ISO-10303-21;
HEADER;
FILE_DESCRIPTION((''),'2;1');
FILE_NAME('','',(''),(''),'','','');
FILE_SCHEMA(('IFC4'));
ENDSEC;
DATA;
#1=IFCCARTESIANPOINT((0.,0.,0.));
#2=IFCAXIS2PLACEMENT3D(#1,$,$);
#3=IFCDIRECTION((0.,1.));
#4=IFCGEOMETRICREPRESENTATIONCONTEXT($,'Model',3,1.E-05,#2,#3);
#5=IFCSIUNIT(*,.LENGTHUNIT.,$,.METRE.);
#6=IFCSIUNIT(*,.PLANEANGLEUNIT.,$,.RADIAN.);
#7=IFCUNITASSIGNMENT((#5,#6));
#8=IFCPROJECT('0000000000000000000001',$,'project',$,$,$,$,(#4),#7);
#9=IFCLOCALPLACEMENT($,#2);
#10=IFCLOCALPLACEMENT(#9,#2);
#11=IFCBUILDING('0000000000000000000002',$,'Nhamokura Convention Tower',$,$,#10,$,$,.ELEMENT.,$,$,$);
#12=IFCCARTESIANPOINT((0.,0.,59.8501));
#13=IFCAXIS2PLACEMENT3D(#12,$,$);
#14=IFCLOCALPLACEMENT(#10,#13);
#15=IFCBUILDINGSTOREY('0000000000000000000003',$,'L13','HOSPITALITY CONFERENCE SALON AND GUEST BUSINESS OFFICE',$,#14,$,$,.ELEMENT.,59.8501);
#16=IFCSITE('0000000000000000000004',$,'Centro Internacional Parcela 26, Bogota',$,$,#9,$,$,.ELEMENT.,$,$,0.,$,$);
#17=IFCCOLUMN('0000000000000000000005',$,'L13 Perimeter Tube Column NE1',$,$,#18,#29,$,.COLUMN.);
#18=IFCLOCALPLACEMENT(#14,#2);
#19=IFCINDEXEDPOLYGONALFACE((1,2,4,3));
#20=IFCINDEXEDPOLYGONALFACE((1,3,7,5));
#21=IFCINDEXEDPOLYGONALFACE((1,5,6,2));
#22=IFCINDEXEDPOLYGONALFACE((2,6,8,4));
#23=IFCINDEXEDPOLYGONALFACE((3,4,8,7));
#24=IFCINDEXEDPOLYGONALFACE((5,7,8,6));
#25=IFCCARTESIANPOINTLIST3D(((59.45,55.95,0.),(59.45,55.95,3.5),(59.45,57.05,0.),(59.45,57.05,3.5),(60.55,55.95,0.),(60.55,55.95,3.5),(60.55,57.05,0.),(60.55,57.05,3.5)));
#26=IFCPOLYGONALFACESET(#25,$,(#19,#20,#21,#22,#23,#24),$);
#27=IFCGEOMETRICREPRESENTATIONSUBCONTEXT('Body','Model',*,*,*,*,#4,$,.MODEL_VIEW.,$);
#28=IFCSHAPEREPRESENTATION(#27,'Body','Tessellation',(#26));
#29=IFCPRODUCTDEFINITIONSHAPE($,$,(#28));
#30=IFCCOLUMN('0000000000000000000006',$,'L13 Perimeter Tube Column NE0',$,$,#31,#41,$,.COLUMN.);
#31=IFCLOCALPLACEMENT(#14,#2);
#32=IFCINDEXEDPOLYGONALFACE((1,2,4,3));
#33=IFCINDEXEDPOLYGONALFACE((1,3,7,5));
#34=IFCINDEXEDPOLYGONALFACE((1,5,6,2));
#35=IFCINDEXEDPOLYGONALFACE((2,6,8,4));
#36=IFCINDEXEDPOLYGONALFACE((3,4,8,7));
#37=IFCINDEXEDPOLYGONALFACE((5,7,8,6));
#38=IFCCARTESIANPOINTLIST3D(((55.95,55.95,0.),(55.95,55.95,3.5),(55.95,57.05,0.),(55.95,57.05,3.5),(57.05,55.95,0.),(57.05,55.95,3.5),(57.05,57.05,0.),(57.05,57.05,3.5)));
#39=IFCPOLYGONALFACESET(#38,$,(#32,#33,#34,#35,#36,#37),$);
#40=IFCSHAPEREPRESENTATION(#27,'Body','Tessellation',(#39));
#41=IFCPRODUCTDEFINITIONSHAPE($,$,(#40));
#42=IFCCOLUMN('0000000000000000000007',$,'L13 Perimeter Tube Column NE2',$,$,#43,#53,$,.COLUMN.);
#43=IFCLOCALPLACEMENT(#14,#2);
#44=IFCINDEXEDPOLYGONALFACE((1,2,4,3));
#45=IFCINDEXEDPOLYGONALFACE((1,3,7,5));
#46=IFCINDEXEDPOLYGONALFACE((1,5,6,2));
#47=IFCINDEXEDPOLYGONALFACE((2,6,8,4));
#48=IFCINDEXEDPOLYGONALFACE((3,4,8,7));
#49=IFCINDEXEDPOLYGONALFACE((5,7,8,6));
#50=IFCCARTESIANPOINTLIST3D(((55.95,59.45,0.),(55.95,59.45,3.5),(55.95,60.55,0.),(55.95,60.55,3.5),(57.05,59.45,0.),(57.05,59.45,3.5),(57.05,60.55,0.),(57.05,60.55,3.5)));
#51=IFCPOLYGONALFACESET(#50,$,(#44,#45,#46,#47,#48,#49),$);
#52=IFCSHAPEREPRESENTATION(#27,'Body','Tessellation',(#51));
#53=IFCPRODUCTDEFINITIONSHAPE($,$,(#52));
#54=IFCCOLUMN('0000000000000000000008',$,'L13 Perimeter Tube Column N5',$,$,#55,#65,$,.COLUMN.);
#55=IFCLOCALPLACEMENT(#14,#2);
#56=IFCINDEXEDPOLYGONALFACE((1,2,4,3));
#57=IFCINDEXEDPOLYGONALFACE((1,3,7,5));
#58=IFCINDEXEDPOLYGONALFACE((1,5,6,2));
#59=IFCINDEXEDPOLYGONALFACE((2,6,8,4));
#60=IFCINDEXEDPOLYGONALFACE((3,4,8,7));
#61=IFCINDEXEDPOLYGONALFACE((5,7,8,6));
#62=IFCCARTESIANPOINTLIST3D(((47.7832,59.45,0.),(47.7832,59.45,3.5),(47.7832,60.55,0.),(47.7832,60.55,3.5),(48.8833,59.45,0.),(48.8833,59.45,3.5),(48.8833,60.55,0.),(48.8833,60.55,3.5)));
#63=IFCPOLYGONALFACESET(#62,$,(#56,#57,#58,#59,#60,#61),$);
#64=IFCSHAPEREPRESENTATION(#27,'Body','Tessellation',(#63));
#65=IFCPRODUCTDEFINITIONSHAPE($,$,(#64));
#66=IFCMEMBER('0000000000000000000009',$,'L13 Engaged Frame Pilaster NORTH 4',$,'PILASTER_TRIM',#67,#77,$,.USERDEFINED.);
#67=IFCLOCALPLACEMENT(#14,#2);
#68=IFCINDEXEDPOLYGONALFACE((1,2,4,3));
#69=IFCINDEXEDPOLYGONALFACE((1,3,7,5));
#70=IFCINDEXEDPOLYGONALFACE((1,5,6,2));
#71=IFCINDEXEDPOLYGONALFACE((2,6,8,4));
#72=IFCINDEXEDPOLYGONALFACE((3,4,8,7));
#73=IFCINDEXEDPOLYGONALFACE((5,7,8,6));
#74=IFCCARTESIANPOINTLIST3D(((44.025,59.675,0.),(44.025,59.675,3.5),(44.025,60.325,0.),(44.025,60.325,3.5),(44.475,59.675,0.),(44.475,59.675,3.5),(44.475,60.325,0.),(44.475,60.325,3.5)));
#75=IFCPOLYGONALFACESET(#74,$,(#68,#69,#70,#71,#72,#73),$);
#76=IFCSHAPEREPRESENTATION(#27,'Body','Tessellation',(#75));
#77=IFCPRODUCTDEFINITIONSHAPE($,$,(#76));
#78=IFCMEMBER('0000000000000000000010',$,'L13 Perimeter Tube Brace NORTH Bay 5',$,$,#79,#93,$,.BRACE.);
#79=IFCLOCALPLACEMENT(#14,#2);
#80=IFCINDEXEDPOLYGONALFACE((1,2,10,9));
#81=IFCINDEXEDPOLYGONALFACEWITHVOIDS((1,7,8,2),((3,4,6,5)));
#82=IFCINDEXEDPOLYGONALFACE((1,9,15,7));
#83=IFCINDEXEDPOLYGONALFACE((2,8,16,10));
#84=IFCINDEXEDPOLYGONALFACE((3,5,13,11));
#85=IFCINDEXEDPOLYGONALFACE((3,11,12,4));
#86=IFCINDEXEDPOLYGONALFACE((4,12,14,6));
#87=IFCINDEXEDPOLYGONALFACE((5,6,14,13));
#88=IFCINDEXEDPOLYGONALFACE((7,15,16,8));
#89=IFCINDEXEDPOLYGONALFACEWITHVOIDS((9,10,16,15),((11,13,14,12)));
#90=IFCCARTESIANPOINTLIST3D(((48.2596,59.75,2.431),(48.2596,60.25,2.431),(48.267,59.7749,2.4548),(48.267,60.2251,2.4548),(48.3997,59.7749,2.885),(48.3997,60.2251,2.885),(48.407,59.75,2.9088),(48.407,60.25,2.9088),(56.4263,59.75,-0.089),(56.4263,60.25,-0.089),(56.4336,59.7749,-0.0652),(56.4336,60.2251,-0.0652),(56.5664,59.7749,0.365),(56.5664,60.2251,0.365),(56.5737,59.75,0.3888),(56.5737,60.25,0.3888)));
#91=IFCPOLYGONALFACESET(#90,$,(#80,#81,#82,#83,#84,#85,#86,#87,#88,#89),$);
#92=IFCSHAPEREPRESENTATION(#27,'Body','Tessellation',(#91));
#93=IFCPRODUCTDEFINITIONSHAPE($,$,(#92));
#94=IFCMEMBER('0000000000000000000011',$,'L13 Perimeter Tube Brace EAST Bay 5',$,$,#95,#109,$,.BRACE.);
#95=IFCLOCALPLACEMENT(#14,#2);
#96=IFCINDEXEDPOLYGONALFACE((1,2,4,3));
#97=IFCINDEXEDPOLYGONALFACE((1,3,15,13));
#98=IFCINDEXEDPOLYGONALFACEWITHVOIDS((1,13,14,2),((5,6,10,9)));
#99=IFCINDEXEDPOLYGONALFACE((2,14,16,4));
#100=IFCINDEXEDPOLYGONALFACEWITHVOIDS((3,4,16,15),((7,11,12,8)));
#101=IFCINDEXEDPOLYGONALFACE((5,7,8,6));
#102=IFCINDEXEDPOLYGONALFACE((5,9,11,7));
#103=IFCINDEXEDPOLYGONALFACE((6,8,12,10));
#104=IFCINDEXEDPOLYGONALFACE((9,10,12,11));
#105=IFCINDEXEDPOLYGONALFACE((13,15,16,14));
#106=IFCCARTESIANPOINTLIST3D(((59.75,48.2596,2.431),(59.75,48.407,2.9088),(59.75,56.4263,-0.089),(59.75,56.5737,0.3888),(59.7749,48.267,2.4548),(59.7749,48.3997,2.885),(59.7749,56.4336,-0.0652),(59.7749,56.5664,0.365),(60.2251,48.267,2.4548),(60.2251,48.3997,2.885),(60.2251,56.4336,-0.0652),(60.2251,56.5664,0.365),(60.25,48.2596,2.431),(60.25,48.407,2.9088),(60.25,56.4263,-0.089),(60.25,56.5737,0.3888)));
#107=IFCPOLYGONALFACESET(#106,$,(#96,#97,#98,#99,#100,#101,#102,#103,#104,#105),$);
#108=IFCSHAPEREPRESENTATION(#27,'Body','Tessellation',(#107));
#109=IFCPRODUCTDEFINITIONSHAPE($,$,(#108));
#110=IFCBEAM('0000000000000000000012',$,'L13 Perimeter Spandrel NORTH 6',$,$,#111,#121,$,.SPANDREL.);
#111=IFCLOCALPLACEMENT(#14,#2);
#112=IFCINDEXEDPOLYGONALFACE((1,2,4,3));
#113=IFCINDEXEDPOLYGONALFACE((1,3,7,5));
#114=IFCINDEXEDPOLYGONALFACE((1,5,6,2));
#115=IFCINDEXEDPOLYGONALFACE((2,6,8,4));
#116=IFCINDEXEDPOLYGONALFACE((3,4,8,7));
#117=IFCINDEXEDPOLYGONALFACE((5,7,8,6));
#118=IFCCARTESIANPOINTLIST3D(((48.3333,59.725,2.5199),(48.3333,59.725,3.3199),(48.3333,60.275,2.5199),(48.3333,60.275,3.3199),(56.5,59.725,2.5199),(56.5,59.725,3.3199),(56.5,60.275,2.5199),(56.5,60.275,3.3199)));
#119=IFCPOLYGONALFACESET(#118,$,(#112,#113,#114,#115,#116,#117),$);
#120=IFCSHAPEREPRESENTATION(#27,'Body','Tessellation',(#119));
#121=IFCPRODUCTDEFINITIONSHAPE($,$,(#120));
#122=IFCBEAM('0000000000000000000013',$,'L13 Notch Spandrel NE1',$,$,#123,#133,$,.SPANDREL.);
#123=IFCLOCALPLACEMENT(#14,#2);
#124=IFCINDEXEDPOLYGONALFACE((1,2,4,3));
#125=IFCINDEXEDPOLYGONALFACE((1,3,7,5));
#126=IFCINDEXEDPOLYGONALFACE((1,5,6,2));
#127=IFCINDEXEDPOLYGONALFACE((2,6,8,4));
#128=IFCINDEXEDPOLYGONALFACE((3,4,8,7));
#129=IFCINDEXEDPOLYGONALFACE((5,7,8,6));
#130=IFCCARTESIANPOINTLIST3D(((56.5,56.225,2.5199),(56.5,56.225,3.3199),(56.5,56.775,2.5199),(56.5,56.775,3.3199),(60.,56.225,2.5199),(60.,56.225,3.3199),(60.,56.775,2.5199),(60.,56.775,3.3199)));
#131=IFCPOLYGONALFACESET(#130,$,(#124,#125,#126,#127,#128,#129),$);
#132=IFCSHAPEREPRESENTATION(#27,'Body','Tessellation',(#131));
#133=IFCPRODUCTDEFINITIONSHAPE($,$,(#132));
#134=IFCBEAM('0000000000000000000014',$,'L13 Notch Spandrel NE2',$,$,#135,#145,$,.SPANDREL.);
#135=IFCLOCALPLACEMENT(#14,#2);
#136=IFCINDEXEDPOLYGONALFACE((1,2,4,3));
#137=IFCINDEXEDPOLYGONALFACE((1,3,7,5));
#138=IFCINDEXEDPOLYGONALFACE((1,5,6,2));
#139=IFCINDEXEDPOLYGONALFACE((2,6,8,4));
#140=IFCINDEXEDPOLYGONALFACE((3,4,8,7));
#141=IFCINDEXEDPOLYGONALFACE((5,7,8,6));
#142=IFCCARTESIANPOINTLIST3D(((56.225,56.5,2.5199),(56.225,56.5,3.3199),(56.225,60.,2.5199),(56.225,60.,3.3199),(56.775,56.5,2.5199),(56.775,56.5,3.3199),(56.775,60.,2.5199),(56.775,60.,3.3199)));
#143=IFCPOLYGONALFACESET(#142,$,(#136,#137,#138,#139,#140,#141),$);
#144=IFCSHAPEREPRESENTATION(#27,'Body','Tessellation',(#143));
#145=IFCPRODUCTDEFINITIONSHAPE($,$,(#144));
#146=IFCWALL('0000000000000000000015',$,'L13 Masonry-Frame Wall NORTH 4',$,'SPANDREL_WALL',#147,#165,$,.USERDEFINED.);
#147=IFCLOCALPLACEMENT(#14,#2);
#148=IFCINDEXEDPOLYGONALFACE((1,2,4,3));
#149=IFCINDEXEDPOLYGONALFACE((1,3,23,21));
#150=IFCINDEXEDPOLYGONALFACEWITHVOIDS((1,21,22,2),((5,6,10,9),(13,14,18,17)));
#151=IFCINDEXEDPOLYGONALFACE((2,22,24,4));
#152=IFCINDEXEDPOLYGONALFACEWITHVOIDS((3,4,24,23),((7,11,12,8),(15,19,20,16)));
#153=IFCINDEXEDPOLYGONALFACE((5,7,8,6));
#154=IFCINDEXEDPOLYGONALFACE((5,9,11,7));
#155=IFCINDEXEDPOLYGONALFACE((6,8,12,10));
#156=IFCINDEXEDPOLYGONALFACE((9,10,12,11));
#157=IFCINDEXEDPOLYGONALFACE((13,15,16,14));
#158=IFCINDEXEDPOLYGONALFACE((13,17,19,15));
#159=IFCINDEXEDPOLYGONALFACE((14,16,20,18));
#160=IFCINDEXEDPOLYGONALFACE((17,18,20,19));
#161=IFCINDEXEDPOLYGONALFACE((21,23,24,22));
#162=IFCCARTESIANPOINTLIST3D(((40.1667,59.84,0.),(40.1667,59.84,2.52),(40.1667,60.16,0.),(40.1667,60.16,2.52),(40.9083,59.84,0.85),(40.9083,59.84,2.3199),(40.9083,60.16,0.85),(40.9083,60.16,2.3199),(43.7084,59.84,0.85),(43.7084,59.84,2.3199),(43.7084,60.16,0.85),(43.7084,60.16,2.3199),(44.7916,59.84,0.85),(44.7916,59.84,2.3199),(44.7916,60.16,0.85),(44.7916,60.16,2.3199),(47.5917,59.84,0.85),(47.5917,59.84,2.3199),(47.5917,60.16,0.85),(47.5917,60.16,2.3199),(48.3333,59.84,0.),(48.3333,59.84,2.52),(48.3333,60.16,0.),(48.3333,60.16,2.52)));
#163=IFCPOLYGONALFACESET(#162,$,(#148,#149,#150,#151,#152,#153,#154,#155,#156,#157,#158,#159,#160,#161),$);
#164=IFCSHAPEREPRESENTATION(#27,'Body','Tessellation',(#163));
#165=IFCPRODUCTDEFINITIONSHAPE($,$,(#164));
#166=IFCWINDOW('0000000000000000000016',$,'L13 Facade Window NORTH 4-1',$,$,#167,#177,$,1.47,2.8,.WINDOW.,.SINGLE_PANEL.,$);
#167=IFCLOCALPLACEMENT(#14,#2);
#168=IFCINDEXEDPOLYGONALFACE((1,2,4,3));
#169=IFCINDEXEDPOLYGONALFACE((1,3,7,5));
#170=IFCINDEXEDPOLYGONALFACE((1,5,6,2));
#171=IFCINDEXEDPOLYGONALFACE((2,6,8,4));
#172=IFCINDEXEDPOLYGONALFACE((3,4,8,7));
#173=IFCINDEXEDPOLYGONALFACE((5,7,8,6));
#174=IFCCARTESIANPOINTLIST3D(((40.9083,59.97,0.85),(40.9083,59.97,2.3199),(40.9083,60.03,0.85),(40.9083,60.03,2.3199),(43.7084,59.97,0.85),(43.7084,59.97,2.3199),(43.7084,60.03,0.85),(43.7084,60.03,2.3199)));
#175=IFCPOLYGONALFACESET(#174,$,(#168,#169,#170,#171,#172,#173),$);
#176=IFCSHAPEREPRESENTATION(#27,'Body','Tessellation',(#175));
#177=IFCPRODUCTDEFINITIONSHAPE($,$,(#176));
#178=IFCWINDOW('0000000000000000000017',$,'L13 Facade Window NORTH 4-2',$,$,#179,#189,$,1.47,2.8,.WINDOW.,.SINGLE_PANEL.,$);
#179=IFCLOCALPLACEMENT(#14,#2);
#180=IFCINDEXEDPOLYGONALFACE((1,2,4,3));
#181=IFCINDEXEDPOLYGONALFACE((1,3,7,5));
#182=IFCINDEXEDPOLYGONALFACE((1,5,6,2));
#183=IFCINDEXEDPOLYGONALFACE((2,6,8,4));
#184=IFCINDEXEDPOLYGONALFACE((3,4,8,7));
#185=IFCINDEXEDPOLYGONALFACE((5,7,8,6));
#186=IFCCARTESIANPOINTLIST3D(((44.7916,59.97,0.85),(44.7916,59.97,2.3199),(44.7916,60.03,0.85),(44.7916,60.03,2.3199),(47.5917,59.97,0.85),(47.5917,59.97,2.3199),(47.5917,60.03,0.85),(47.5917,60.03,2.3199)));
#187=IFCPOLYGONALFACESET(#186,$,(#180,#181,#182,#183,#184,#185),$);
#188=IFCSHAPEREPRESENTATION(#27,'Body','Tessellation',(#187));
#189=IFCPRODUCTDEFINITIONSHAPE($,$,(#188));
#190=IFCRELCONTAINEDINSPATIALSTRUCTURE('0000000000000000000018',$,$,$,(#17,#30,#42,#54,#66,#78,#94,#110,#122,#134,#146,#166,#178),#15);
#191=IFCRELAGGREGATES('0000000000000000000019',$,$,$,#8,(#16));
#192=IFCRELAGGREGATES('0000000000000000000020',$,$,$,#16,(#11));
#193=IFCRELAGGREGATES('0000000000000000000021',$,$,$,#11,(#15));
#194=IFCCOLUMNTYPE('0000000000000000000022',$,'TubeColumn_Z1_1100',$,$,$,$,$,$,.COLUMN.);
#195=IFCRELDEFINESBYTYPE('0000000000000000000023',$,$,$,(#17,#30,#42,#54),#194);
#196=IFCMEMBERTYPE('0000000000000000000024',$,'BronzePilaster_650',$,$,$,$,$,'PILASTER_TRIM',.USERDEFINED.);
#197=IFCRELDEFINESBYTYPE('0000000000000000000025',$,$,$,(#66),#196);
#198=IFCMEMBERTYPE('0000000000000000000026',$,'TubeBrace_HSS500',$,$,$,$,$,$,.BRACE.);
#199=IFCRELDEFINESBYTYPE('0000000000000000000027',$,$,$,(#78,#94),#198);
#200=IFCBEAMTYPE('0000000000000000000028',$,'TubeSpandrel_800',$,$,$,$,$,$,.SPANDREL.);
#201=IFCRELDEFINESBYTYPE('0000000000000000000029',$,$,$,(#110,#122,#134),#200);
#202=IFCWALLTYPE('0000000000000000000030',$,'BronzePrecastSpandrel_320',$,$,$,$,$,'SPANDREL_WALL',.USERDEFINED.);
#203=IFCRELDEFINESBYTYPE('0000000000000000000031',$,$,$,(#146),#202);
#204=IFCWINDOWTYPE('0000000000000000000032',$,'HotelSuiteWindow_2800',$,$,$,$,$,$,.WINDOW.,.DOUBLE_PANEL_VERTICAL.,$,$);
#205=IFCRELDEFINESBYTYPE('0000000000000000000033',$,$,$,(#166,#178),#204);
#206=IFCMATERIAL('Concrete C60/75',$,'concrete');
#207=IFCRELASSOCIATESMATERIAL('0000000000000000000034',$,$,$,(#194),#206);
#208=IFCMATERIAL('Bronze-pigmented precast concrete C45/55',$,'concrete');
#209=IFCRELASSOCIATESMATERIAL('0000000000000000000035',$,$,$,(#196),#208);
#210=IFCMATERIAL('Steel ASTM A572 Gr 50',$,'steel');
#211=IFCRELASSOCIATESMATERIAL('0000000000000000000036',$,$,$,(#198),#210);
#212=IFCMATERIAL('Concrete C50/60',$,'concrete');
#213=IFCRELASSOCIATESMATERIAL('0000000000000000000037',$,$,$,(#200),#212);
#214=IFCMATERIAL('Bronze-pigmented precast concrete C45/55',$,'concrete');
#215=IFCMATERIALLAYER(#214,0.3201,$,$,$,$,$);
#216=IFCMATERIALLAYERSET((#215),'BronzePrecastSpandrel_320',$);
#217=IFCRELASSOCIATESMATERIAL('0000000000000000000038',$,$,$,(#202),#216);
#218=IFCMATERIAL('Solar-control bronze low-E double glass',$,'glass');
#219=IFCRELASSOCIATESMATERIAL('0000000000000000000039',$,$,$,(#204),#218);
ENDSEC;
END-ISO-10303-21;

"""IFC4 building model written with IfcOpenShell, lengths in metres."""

from ifc_helpers import new_model, si_unit, direction, frame, frame_2d, origin, origin_2d, place, context, subcontext, project, spatial, rectangle, hollow_rectangle, extrude, material, layer, layer_set, material_profile, profile_set, type_object, element, fill, save


model = new_model("IFC4")

# Units and contexts
model_context = context("Model", 3, precision=1e-05, world=origin(), true_north=direction((0.0, 1.0)))
body_context = subcontext(model_context, "Body", "Model", "MODEL_VIEW")
ifc_project = project(units=[si_unit("LENGTHUNIT", "METRE"), si_unit("PLANEANGLEUNIT", "RADIAN")], contexts=[model_context])

# Site, building, storey
site_placement = place(None, origin())
site = spatial("IfcSite", under=ifc_project, at=site_placement, Name="Centro Internacional Parcela 26, Bogota", CompositionType="ELEMENT", RefElevation=0.0)
building_placement = place(site_placement, origin())
building = spatial("IfcBuilding", under=site, at=building_placement, Name="Nhamokura Convention Tower", CompositionType="ELEMENT")
storey_placement = place(building_placement, frame((0.0, 0.0, 59.8501)))
storey = spatial("IfcBuildingStorey", under=building, at=storey_placement, Name="L13", Description="HOSPITALITY CONFERENCE SALON AND GUEST BUSINESS OFFICE", CompositionType="ELEMENT", Elevation=59.8501)

# Columns
ifc_material_1 = material(Name="Concrete C60/75", Category="concrete")
ifc_material_profile_1 = material_profile(ifc_material_1, rectangle(XDim=1.1001, YDim=1.1001, at=origin_2d()))
ifc_profile_set_1 = profile_set([ifc_material_profile_1], Name="Concrete C60/75")
column_type = type_object("IfcColumnType", Name="TubeColumn_Z1_1100", PredefinedType="COLUMN", material=ifc_profile_set_1)
for number, where, z_axis, x_axis, name in (
    (1, (60.0, 56.5, 0.0), (0.0, 0.0, 1.0), (1.0, 0.0, 0.0), "L13 Perimeter Tube Column NE1"),
    (2, (56.5, 56.5, 0.0), (0.0, 0.0, 1.0), (1.0, 0.0, 0.0), "L13 Perimeter Tube Column NE0"),
    (3, (56.5, 60.0, 0.0), (0.0, 0.0, 1.0), (1.0, 0.0, 0.0), "L13 Perimeter Tube Column NE2"),
    (4, (48.3333, 60.0, 0.0), (0.0, 0.0, 1.0), (1.0, 0.0, 0.0), "L13 Perimeter Tube Column N5"),
):
    element("IfcColumn", number, at=place(storey_placement, frame(where, z_axis=z_axis, x_axis=x_axis)), inside=storey, type_object=column_type, Name=name, PredefinedType="COLUMN", context=body_context, shape_type="SweptSolid", body=[
        extrude(rectangle(XDim=1.1001, YDim=1.1001, at=origin_2d()), origin(), (0.0, 0.0, 1.0), 3.5),
    ])

# Members
ifc_material_2 = material(Name="Bronze-pigmented precast concrete C45/55", Category="concrete")
ifc_material_profile_2 = material_profile(ifc_material_2, rectangle(XDim=0.45, YDim=0.6499, at=origin_2d()))
ifc_profile_set_2 = profile_set([ifc_material_profile_2], Name="Bronze-pigmented precast concrete C45/55")
member_type_1 = type_object("IfcMemberType", Name="BronzePilaster_650", ElementType="PILASTER_TRIM", PredefinedType="USERDEFINED", material=ifc_profile_set_2)
member_placement = place(storey_placement, frame((44.25, 60.0, 0.0), z_axis=(0.0, 0.0, 1.0), x_axis=(1.0, 0.0, 0.0)))
element("IfcMember", 5, at=member_placement, inside=storey, type_object=member_type_1, Name="L13 Engaged Frame Pilaster NORTH 4", ObjectType="PILASTER_TRIM", PredefinedType="USERDEFINED", context=body_context, shape_type="SweptSolid", body=[
    extrude(rectangle(XDim=0.45, YDim=0.6499, at=origin_2d()), origin(), (0.0, 0.0, 1.0), 3.5),
])
ifc_material_3 = material(Name="Steel ASTM A572 Gr 50", Category="steel")
ifc_material_profile_3 = material_profile(ifc_material_3, hollow_rectangle(XDim=0.5, YDim=0.5, WallThickness=0.0249, at=origin_2d()))
ifc_profile_set_3 = profile_set([ifc_material_profile_3], Name="Steel ASTM A572 Gr 50")
member_type_2 = type_object("IfcMemberType", Name="TubeBrace_HSS500", PredefinedType="BRACE", material=ifc_profile_set_3)
for number, where, z_axis, x_axis, name in (
    (6, (56.5, 60.0, 0.1499), (-0.955543, 0.0, 0.294853), (0.0, -1.0, 0.0), "L13 Perimeter Tube Brace NORTH Bay 5"),
    (7, (60.0, 56.5, 0.1499), (0.0, -0.955543, 0.294853), (1.0, 0.0, 0.0), "L13 Perimeter Tube Brace EAST Bay 5"),
):
    element("IfcMember", number, at=place(storey_placement, frame(where, z_axis=z_axis, x_axis=x_axis)), inside=storey, type_object=member_type_2, Name=name, PredefinedType="BRACE", context=body_context, shape_type="SweptSolid", body=[
        extrude(hollow_rectangle(XDim=0.5, YDim=0.5, WallThickness=0.0249, at=origin_2d()), origin(), (0.0, 0.0, 1.0), 8.5466),
    ])

# Beams
ifc_material_4 = material(Name="Concrete C50/60", Category="concrete")
ifc_material_profile_4 = material_profile(ifc_material_4, rectangle(XDim=0.55, YDim=0.8, at=origin_2d()))
ifc_profile_set_4 = profile_set([ifc_material_profile_4], Name="Concrete C50/60")
beam_type = type_object("IfcBeamType", Name="TubeSpandrel_800", PredefinedType="SPANDREL", material=ifc_profile_set_4)
beam_placement = place(storey_placement, frame((48.3333, 60.0, 2.9199), z_axis=(1.0, 0.0, 0.0), x_axis=(0.0, 1.0, 0.0)))
element("IfcBeam", 8, at=beam_placement, inside=storey, type_object=beam_type, Name="L13 Perimeter Spandrel NORTH 6", PredefinedType="SPANDREL", context=body_context, shape_type="SweptSolid", body=[
    extrude(rectangle(XDim=0.55, YDim=0.8, at=origin_2d()), origin(), (0.0, 0.0, 1.0), 8.1667),
])
for number, where, z_axis, x_axis, name in (
    (9, (60.0, 56.5, 2.9199), (-1.0, 0.0, 0.0), (0.0, -1.0, 0.0), "L13 Notch Spandrel NE1"),
    (10, (56.5, 56.5, 2.9199), (0.0, 1.0, 0.0), (-1.0, 0.0, 0.0), "L13 Notch Spandrel NE2"),
):
    element("IfcBeam", number, at=place(storey_placement, frame(where, z_axis=z_axis, x_axis=x_axis)), inside=storey, type_object=beam_type, Name=name, PredefinedType="SPANDREL", context=body_context, shape_type="SweptSolid", body=[
        extrude(rectangle(XDim=0.55, YDim=0.8, at=origin_2d()), origin(), (0.0, 0.0, 1.0), 3.5),
    ])

# Wall, openings, windows
ifc_material_5 = material(Name="Bronze-pigmented precast concrete C45/55", Category="concrete")
ifc_layer = layer(ifc_material_5, 0.3201)
ifc_layer_set = layer_set([ifc_layer], Name="BronzePrecastSpandrel_320")
wall_type = type_object("IfcWallType", Name="BronzePrecastSpandrel_320", ElementType="SPANDREL_WALL", PredefinedType="USERDEFINED", material=ifc_layer_set)
wall_1_placement = place(storey_placement, frame((40.1667, 60.0, 0.0), z_axis=(0.0, 0.0, 1.0), x_axis=(1.0, 0.0, 0.0)))
wall_1 = element("IfcWall", 11, at=wall_1_placement, inside=storey, type_object=wall_type, Name="L13 Masonry-Frame Wall NORTH 4", ObjectType="SPANDREL_WALL", PredefinedType="USERDEFINED", context=body_context, shape_type="SweptSolid", body=[
    extrude(rectangle(XDim=8.1665, YDim=0.3201, at=frame_2d((4.0833, 0.0))), origin(), (0.0, 0.0, 1.0), 2.52),
])
opening_1_placement = place(wall_1_placement, frame((0.7417, 0.0, 0.8501)))
opening_1 = element("IfcOpeningElement", 12, at=opening_1_placement, cuts=wall_1, PredefinedType="OPENING", context=body_context, shape_type="SweptSolid", body=[
    extrude(rectangle(XDim=2.8, YDim=1.47, at=frame_2d((1.3999, 0.7349))), frame((0.0, 0.1699, 0.0), z_axis=(0.0, -1.0, 0.0), x_axis=(1.0, 0.0, 0.0)), (0.0, 0.0, 1.0), 0.3401),
])
opening_2_placement = place(wall_1_placement, frame((4.625, 0.0, 0.8501)))
opening_2 = element("IfcOpeningElement", 13, at=opening_2_placement, cuts=wall_1, PredefinedType="OPENING", context=body_context, shape_type="SweptSolid", body=[
    extrude(rectangle(XDim=2.8, YDim=1.47, at=frame_2d((1.3999, 0.7349))), frame((0.0, 0.1699, 0.0), z_axis=(0.0, -1.0, 0.0), x_axis=(1.0, 0.0, 0.0)), (0.0, 0.0, 1.0), 0.3401),
])
ifc_material_6 = material(Name="Solar-control bronze low-E double glass", Category="glass")
window_type = type_object("IfcWindowType", Name="HotelSuiteWindow_2800", PartitioningType="DOUBLE_PANEL_VERTICAL", PredefinedType="WINDOW", material=ifc_material_6)
window_1_placement = place(opening_1_placement, origin())
window_1 = element("IfcWindow", 14, at=window_1_placement, inside=storey, type_object=window_type, Name="L13 Facade Window NORTH 4-1", OverallHeight=1.47, OverallWidth=2.8, PartitioningType="SINGLE_PANEL", PredefinedType="WINDOW", context=body_context, shape_type="SweptSolid", body=[
    extrude(rectangle(XDim=2.8, YDim=1.47, at=frame_2d((1.3999, 0.7349))), frame((0.0, 0.03, 0.0), z_axis=(0.0, -1.0, 0.0), x_axis=(1.0, 0.0, 0.0)), (0.0, 0.0, 1.0), 0.0601),
])
fill(opening_1, window_1)
window_2_placement = place(opening_2_placement, origin())
window_2 = element("IfcWindow", 15, at=window_2_placement, inside=storey, type_object=window_type, Name="L13 Facade Window NORTH 4-2", OverallHeight=1.47, OverallWidth=2.8, PartitioningType="SINGLE_PANEL", PredefinedType="WINDOW", context=body_context, shape_type="SweptSolid", body=[
    extrude(rectangle(XDim=2.8, YDim=1.47, at=frame_2d((1.3999, 0.7349))), frame((0.0, 0.03, 0.0), z_axis=(0.0, -1.0, 0.0), x_axis=(1.0, 0.0, 0.0)), (0.0, 0.0, 1.0), 0.0601),
])
fill(opening_2, window_2)

save(model, "model.ifc")
